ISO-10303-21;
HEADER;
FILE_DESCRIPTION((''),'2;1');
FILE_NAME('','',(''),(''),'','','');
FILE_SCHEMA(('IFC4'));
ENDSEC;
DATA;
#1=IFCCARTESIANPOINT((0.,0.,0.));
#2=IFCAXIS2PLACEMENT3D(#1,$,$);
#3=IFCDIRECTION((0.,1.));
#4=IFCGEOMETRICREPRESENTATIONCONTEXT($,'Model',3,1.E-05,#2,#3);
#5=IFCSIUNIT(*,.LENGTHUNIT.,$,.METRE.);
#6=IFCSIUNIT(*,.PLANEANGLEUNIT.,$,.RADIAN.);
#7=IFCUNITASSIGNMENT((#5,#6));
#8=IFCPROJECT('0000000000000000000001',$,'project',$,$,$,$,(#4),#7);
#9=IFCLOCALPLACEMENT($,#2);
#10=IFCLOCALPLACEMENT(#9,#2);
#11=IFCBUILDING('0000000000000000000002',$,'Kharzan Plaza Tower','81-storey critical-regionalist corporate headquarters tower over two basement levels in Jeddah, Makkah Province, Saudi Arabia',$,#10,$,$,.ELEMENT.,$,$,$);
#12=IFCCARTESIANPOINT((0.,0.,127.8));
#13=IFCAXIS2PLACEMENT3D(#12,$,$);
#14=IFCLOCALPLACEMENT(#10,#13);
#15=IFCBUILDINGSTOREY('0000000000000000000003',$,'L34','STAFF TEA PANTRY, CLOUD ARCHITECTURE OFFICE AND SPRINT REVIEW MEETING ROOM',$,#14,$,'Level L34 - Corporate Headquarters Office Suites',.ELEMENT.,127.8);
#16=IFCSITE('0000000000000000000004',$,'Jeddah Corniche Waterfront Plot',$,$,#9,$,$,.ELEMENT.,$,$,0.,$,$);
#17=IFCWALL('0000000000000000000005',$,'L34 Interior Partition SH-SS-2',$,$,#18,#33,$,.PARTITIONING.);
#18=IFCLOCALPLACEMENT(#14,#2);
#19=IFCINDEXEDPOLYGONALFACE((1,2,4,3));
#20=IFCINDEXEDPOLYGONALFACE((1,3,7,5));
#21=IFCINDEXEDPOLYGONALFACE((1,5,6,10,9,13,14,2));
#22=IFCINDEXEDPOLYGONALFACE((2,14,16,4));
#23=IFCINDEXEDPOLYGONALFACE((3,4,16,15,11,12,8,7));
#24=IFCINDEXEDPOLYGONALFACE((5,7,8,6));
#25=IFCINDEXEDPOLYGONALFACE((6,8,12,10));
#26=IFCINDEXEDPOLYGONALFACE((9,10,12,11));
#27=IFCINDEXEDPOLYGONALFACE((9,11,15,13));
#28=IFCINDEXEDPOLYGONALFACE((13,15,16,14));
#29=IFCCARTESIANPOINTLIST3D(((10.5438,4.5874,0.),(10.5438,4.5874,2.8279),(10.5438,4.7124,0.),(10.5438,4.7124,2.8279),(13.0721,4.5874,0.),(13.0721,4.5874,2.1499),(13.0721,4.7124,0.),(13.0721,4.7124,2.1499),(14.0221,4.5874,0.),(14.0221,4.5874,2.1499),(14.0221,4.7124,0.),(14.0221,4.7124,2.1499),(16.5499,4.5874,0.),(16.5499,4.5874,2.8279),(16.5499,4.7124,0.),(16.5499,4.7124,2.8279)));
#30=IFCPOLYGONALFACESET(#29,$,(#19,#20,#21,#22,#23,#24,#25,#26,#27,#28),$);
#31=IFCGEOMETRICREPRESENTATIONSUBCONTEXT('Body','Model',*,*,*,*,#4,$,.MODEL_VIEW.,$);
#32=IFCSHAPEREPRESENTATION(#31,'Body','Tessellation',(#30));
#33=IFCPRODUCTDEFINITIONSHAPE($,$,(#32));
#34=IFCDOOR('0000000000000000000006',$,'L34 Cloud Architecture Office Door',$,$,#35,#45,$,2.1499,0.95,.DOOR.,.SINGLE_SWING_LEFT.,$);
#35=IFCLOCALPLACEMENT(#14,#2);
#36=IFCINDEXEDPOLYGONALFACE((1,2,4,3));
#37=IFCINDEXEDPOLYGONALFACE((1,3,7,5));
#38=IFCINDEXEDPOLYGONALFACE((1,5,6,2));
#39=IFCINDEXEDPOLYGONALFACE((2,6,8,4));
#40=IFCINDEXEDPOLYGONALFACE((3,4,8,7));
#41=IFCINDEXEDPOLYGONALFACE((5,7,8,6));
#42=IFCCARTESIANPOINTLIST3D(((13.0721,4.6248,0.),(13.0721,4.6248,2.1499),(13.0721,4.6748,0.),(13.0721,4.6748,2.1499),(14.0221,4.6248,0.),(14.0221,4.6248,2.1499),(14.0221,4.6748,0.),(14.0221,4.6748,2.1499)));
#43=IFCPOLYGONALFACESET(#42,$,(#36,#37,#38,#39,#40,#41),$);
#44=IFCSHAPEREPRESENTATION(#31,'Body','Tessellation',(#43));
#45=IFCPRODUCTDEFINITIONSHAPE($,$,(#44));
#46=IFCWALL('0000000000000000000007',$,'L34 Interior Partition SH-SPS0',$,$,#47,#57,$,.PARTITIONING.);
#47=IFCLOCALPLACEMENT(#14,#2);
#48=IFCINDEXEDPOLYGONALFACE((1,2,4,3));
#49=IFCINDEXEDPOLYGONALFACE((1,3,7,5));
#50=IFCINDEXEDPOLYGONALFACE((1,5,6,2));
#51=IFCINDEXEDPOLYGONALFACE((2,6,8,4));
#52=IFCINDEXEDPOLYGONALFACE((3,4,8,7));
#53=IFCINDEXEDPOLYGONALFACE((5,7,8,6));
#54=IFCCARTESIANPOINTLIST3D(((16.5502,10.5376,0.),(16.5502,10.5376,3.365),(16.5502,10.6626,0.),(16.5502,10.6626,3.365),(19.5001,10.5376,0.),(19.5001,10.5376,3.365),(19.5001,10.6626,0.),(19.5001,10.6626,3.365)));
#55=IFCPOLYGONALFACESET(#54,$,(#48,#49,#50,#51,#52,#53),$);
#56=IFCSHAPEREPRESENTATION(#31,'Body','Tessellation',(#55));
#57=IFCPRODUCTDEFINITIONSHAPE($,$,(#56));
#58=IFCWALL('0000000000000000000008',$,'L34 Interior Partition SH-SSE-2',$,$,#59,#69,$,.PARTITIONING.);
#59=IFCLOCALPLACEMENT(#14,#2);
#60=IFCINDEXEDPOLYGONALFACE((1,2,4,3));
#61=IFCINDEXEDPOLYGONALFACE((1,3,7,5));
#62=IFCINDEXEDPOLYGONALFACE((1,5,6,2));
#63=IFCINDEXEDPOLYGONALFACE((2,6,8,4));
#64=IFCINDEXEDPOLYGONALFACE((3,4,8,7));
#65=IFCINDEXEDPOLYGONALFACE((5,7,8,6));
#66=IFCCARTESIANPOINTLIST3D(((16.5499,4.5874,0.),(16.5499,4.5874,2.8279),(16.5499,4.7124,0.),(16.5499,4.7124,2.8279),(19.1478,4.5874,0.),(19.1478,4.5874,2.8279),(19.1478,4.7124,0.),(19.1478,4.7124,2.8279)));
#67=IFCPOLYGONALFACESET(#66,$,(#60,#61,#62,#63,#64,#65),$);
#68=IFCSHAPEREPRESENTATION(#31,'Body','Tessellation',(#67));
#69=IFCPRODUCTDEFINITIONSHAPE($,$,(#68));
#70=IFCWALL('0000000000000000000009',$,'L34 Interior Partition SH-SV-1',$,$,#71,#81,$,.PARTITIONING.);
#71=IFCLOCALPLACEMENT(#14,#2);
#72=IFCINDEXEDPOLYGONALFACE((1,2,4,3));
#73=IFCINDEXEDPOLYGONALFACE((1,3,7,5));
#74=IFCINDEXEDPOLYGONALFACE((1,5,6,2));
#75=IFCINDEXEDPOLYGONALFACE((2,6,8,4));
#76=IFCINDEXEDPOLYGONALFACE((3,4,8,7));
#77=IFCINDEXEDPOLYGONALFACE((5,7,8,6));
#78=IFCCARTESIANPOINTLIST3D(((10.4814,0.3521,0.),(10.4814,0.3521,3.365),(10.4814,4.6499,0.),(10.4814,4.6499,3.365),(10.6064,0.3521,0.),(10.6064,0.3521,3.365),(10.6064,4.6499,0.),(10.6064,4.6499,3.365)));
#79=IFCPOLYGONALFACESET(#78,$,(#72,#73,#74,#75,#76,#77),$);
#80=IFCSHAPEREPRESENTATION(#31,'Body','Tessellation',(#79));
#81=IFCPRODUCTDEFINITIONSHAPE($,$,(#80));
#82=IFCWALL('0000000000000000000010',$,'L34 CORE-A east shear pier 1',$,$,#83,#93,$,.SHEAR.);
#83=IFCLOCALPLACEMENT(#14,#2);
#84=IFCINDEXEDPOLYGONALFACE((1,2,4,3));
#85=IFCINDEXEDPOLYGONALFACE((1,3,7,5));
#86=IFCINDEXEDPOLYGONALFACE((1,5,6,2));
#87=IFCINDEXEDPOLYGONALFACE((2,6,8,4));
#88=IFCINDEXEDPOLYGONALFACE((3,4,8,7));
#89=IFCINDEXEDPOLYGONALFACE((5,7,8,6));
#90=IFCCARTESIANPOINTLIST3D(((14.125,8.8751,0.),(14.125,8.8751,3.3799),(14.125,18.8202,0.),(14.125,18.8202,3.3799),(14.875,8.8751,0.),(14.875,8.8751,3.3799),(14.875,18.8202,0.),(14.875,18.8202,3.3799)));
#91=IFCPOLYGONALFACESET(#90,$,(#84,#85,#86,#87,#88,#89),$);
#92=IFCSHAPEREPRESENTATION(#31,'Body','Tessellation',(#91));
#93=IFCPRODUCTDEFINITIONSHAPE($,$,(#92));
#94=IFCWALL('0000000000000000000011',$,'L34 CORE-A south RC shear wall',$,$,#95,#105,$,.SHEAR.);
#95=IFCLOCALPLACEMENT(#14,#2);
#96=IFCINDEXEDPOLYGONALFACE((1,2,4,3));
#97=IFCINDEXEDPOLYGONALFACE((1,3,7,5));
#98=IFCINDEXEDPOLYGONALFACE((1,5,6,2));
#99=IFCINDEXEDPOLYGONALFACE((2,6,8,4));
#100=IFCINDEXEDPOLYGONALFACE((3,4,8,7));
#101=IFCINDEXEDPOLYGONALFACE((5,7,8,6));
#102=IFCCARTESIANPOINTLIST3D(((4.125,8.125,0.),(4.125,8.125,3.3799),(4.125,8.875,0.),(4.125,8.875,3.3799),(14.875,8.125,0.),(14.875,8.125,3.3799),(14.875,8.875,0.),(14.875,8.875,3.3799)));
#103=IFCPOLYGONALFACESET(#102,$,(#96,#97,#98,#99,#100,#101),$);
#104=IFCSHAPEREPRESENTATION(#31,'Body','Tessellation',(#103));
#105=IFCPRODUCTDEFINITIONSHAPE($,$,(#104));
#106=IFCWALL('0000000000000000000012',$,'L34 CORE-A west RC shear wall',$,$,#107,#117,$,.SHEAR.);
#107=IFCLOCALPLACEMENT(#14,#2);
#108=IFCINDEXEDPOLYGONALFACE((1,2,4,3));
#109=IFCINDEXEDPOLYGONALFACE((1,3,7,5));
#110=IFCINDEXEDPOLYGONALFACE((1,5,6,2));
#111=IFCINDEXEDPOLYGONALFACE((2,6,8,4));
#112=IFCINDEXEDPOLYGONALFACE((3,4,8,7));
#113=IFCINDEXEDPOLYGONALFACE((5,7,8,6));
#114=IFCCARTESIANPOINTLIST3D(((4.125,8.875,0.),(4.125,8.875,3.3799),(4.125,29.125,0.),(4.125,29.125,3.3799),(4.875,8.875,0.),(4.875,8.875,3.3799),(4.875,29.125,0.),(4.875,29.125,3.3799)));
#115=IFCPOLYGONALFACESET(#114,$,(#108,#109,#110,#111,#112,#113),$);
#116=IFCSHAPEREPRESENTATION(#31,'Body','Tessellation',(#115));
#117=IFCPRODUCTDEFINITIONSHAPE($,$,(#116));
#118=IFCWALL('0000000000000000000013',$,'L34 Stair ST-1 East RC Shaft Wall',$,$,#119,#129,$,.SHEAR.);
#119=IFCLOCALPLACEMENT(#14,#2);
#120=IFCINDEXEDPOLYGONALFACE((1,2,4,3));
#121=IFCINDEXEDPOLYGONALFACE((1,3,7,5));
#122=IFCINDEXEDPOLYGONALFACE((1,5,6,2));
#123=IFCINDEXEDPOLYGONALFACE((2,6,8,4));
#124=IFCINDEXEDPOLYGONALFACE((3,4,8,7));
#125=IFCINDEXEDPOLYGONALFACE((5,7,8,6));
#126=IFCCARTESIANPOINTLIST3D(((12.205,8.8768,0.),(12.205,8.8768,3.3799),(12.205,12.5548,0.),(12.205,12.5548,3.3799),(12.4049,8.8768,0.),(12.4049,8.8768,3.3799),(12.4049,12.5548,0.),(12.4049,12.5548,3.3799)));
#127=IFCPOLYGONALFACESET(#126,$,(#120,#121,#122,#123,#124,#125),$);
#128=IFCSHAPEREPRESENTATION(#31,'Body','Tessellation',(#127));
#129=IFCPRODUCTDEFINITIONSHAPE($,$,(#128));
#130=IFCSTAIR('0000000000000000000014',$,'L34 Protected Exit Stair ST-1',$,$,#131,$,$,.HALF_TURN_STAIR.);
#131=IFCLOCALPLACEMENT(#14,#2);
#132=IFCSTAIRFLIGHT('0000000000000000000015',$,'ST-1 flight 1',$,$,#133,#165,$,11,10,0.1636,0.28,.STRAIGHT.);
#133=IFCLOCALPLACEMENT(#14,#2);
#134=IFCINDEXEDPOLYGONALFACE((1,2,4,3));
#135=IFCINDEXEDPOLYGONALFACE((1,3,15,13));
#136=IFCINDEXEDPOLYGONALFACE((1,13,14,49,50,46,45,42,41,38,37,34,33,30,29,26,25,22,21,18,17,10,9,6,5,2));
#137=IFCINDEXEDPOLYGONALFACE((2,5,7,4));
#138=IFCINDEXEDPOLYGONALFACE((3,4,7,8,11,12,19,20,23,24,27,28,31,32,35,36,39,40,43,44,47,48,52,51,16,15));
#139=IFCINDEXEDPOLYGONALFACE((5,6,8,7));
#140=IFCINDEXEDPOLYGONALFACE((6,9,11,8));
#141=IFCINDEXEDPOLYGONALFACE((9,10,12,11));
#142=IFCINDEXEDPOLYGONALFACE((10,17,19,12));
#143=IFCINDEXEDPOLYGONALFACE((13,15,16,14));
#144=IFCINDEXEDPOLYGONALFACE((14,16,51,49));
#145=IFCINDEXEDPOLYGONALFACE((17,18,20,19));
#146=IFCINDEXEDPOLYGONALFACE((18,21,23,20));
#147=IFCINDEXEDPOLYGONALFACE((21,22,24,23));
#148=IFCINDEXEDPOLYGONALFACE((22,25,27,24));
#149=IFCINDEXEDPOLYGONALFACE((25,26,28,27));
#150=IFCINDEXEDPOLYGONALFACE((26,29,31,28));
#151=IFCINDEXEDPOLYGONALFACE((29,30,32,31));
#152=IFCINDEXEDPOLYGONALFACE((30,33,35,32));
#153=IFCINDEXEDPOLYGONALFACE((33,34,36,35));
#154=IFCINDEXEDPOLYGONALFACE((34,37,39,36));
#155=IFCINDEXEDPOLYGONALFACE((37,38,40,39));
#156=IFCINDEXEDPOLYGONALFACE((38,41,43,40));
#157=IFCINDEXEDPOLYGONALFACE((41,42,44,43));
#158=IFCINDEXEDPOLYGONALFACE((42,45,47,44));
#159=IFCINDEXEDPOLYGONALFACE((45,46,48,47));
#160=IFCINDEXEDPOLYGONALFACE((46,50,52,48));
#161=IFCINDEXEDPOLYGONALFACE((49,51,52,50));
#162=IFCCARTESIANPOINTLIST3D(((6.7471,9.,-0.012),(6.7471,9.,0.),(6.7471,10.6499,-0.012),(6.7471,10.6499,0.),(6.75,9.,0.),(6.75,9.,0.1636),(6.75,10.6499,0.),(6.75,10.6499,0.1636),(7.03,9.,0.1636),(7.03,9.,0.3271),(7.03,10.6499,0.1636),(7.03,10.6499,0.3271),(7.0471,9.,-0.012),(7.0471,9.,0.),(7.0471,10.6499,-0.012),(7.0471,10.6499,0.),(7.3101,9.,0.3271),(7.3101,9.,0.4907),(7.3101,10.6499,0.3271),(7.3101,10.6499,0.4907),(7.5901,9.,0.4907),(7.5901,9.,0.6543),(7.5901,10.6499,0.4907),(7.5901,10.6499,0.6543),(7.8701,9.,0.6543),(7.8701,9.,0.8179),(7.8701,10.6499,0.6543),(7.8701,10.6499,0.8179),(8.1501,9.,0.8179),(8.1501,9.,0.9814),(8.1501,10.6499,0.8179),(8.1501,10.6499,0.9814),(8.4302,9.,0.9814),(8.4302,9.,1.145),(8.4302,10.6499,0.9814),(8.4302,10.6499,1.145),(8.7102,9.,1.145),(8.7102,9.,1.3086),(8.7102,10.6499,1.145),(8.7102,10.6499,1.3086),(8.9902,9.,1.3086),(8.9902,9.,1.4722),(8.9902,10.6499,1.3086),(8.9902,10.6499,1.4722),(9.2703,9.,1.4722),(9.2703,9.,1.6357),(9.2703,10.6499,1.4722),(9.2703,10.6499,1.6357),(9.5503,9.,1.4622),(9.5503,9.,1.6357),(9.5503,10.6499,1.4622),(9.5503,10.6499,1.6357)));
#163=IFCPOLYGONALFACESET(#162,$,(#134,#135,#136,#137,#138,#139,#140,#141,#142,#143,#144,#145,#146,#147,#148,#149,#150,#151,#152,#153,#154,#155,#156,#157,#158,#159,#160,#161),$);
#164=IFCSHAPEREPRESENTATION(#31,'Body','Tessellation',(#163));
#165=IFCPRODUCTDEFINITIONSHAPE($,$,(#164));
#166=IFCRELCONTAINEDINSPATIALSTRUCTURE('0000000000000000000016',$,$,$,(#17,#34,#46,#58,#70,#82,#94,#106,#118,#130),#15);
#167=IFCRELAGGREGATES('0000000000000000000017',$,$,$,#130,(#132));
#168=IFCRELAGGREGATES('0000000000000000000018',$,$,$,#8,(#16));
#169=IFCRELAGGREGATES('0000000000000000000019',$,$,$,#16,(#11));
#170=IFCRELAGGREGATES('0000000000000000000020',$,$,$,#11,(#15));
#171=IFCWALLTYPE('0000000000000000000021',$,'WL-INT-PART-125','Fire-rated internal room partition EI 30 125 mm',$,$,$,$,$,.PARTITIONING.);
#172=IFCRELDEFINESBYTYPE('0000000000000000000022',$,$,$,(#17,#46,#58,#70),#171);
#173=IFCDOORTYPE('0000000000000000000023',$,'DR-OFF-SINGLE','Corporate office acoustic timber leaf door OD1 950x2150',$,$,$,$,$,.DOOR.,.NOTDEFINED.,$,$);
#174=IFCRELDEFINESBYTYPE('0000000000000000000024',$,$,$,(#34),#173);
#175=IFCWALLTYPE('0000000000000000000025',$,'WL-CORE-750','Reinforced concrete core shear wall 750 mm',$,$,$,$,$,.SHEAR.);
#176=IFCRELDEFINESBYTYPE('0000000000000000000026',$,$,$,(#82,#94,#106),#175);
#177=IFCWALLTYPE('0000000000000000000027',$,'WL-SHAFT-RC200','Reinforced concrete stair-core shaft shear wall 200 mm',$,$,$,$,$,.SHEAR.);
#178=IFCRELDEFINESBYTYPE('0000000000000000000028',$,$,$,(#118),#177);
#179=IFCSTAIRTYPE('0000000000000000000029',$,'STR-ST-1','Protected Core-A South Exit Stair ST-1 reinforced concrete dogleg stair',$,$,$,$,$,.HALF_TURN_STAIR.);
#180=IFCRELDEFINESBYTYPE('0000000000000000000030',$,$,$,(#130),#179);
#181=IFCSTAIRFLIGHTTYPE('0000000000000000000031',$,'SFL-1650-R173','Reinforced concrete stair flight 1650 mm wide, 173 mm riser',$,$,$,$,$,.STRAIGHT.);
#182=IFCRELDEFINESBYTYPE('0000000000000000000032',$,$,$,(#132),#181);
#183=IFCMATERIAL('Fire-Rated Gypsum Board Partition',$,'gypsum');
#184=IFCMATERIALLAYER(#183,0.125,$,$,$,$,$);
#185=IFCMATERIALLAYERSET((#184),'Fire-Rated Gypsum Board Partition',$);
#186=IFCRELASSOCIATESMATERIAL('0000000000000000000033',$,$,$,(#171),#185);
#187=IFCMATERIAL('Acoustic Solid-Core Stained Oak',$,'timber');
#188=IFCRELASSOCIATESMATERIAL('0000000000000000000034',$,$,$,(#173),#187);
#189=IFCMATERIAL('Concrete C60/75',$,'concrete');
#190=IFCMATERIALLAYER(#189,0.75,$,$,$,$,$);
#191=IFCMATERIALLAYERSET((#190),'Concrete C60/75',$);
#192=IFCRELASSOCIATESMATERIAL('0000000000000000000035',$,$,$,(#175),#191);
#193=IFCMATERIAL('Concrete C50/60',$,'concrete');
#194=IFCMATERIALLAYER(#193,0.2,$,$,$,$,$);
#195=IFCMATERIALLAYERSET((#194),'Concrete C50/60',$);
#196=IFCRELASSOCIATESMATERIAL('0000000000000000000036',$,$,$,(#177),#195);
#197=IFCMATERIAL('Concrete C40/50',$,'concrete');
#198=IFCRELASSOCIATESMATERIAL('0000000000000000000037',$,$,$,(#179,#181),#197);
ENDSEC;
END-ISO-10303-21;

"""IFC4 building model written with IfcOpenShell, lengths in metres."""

from ifc_helpers import new_model, si_unit, direction, frame, frame_2d, origin, place, context, subcontext, project, spatial, polyline, rectangle, outline, extrude, source, transform, mapped, material, layer, layer_set, type_object, element, fill, aggregate, save


model = new_model("IFC4")

# Units and contexts
model_context = context("Model", 3, precision=1e-05, world=origin(), true_north=direction((0.0, 1.0)))
body_context = subcontext(model_context, "Body", "Model", "MODEL_VIEW")
ifc_project = project(units=[si_unit("LENGTHUNIT", "METRE"), si_unit("PLANEANGLEUNIT", "RADIAN")], contexts=[model_context])

# Site, building, storey
site_placement = place(None, origin())
site = spatial("IfcSite", under=ifc_project, at=site_placement, Name="Jeddah Corniche Waterfront Plot", CompositionType="ELEMENT", RefElevation=0.0)
building_placement = place(site_placement, origin())
building = spatial("IfcBuilding", under=site, at=building_placement, Name="Kharzan Plaza Tower", Description="81-storey critical-regionalist corporate headquarters tower over two basement levels in Jeddah, Makkah Province, Saudi Arabia", CompositionType="ELEMENT")
storey_placement = place(building_placement, frame((0.0, 0.0, 127.8)))
storey = spatial("IfcBuildingStorey", under=building, at=storey_placement, Name="L34", Description="STAFF TEA PANTRY, CLOUD ARCHITECTURE OFFICE AND SPRINT REVIEW MEETING ROOM", LongName="Level L34 - Corporate Headquarters Office Suites", CompositionType="ELEMENT", Elevation=127.8)

# Shared definitions
ifc_material_1 = material(Name="Concrete C60/75", Category="concrete")

# Shared definitions
ifc_material_2 = material(Name="Concrete C40/50", Category="concrete")

# Wall, opening, door
ifc_material_3 = material(Name="Fire-Rated Gypsum Board Partition", Category="gypsum")
ifc_layer_1 = layer(ifc_material_3, 0.125)
ifc_layer_set_1 = layer_set([ifc_layer_1], Name="Fire-Rated Gypsum Board Partition")
wall_type_1 = type_object("IfcWallType", Name="WL-INT-PART-125", Description="Fire-rated internal room partition EI 30 125 mm", PredefinedType="PARTITIONING", material=ifc_layer_set_1)
ifc_material_4 = material(Name="Acoustic Solid-Core Stained Oak", Category="timber")
door_type = type_object("IfcDoorType", Name="DR-OFF-SINGLE", Description="Corporate office acoustic timber leaf door OD1 950x2150", OperationType="NOTDEFINED", PredefinedType="DOOR", material=ifc_material_4)
shared_shape_1 = source(origin(), body_context, "Body", "SweptSolid", [
    extrude(rectangle(XDim=0.95, YDim=2.1499, at=frame_2d((0.4751, 1.075))), frame((0.0, 0.0249, 0.0), z_axis=(0.0, -1.0, 0.0), x_axis=(1.0, 0.0, 0.0)), (0.0, 0.0, 1.0), 0.05),
])
wall_1_placement = place(storey_placement, frame((10.5439, 4.6499, 0.0), z_axis=(0.0, 0.0, 1.0), x_axis=(1.0, 0.0, 0.0)))
wall_1 = element("IfcWall", 1, at=wall_1_placement, inside=storey, type_object=wall_type_1, Name="L34 Interior Partition SH-SS-2", PredefinedType="PARTITIONING", context=body_context, shape_type="SweptSolid", body=[
    extrude(rectangle(XDim=6.0061, YDim=0.125, at=frame_2d((3.0029, 0.0))), origin(), (0.0, 0.0, 1.0), 2.8279),
])
opening_1_placement = place(wall_1_placement, frame((2.5281, 0.0, 0.0)))
opening_1 = element("IfcOpeningElement", 2, at=opening_1_placement, cuts=wall_1, PredefinedType="OPENING", context=body_context, shape_type="SweptSolid", body=[
    extrude(rectangle(XDim=0.95, YDim=2.1499, at=frame_2d((0.4751, 1.075))), frame((0.0, 0.0725, 0.0), z_axis=(0.0, -1.0, 0.0), x_axis=(1.0, 0.0, 0.0)), (0.0, 0.0, 1.0), 0.145),
])
door_1_placement = place(opening_1_placement, origin())
door_1 = element("IfcDoor", 3, at=door_1_placement, inside=storey, type_object=door_type, Name="L34 Cloud Architecture Office Door", OperationType="SINGLE_SWING_LEFT", OverallHeight=2.1499, OverallWidth=0.95, PredefinedType="DOOR", context=body_context, shape_type="MappedRepresentation", body=[
    mapped(shared_shape_1, transform((0.0, 0.0, 0.0), x_axis=(1.0, 0.0, 0.0), y_axis=(0.0, 1.0, 0.0), z_axis=(0.0, 0.0, 1.0))),
])
fill(opening_1, door_1)

# Walls
shared_shape_2 = source(origin(), body_context, "Body", "SweptSolid", [
    extrude(rectangle(XDim=2.95, YDim=0.125, at=frame_2d((1.4751, 0.0))), origin(), (0.0, 0.0, 1.0), 3.365),
])
wall_2_placement = place(storey_placement, frame((16.55, 10.6001, 0.0), z_axis=(0.0, 0.0, 1.0), x_axis=(1.0, 0.0, 0.0)))
element("IfcWall", 4, at=wall_2_placement, inside=storey, type_object=wall_type_1, Name="L34 Interior Partition SH-SPS0", PredefinedType="PARTITIONING", context=body_context, shape_type="MappedRepresentation", body=[
    mapped(shared_shape_2, transform((0.0, 0.0, 0.0), x_axis=(1.0, 0.0, 0.0), y_axis=(0.0, 1.0, 0.0), z_axis=(0.0, 0.0, 1.0))),
])
shared_shape_3 = source(origin(), body_context, "Body", "SweptSolid", [
    extrude(rectangle(XDim=2.5979, YDim=0.125, at=frame_2d((1.2988, 0.0))), origin(), (0.0, 0.0, 1.0), 2.8279),
])
wall_3_placement = place(storey_placement, frame((16.55, 4.6499, 0.0), z_axis=(0.0, 0.0, 1.0), x_axis=(1.0, 0.0, 0.0)))
element("IfcWall", 5, at=wall_3_placement, inside=storey, type_object=wall_type_1, Name="L34 Interior Partition SH-SSE-2", PredefinedType="PARTITIONING", context=body_context, shape_type="MappedRepresentation", body=[
    mapped(shared_shape_3, transform((0.0, 0.0, 0.0), x_axis=(1.0, 0.0, 0.0), y_axis=(0.0, 1.0, 0.0), z_axis=(0.0, 0.0, 1.0))),
])
shared_shape_4 = source(origin(), body_context, "Body", "SweptSolid", [
    extrude(rectangle(XDim=4.2979, YDim=0.125, at=frame_2d((2.1489, 0.0))), origin(), (0.0, 0.0, 1.0), 3.365),
])
wall_4_placement = place(storey_placement, frame((10.5439, 0.3521, 0.0), z_axis=(0.0, 0.0, 1.0), x_axis=(0.0, 1.0, 0.0)))
element("IfcWall", 6, at=wall_4_placement, inside=storey, type_object=wall_type_1, Name="L34 Interior Partition SH-SV-1", PredefinedType="PARTITIONING", context=body_context, shape_type="MappedRepresentation", body=[
    mapped(shared_shape_4, transform((0.0, 0.0, 0.0), x_axis=(1.0, 0.0, 0.0), y_axis=(0.0, 1.0, 0.0), z_axis=(0.0, 0.0, 1.0))),
])
ifc_layer_2 = layer(ifc_material_1, 0.75)
ifc_layer_set_2 = layer_set([ifc_layer_2], Name="Concrete C60/75")
wall_type_2 = type_object("IfcWallType", Name="WL-CORE-750", Description="Reinforced concrete core shear wall 750 mm", PredefinedType="SHEAR", material=ifc_layer_set_2)
shared_shape_5 = source(origin(), body_context, "Body", "SweptSolid", [
    extrude(rectangle(XDim=9.9451, YDim=0.75, at=frame_2d((4.9727, 0.0))), origin(), (0.0, 0.0, 1.0), 3.3799),
])
wall_5_placement = place(storey_placement, frame((14.5, 8.875, 0.0), z_axis=(0.0, 0.0, 1.0), x_axis=(0.0, 1.0, 0.0)))
element("IfcWall", 7, at=wall_5_placement, inside=storey, type_object=wall_type_2, Name="L34 CORE-A east shear pier 1", PredefinedType="SHEAR", context=body_context, shape_type="MappedRepresentation", body=[
    mapped(shared_shape_5, transform((0.0, 0.0, 0.0), x_axis=(1.0, 0.0, 0.0), y_axis=(0.0, 1.0, 0.0), z_axis=(0.0, 0.0, 1.0))),
])
shared_shape_6 = source(origin(), body_context, "Body", "SweptSolid", [
    extrude(rectangle(XDim=10.75, YDim=0.75, at=frame_2d((5.375, 0.0))), origin(), (0.0, 0.0, 1.0), 3.3799),
])
wall_6_placement = place(storey_placement, frame((4.125, 8.5, 0.0), z_axis=(0.0, 0.0, 1.0), x_axis=(1.0, 0.0, 0.0)))
element("IfcWall", 8, at=wall_6_placement, inside=storey, type_object=wall_type_2, Name="L34 CORE-A south RC shear wall", PredefinedType="SHEAR", context=body_context, shape_type="MappedRepresentation", body=[
    mapped(shared_shape_6, transform((0.0, 0.0, 0.0), x_axis=(1.0, 0.0, 0.0), y_axis=(0.0, 1.0, 0.0), z_axis=(0.0, 0.0, 1.0))),
])
shared_shape_7 = source(origin(), body_context, "Body", "SweptSolid", [
    extrude(rectangle(XDim=20.25, YDim=0.75, at=frame_2d((10.125, 0.0))), origin(), (0.0, 0.0, 1.0), 3.3799),
])
wall_7_placement = place(storey_placement, frame((4.5, 8.875, 0.0), z_axis=(0.0, 0.0, 1.0), x_axis=(0.0, 1.0, 0.0)))
element("IfcWall", 9, at=wall_7_placement, inside=storey, type_object=wall_type_2, Name="L34 CORE-A west RC shear wall", PredefinedType="SHEAR", context=body_context, shape_type="MappedRepresentation", body=[
    mapped(shared_shape_7, transform((0.0, 0.0, 0.0), x_axis=(1.0, 0.0, 0.0), y_axis=(0.0, 1.0, 0.0), z_axis=(0.0, 0.0, 1.0))),
])
ifc_material_5 = material(Name="Concrete C50/60", Category="concrete")
ifc_layer_3 = layer(ifc_material_5, 0.2)
ifc_layer_set_3 = layer_set([ifc_layer_3], Name="Concrete C50/60")
wall_type_3 = type_object("IfcWallType", Name="WL-SHAFT-RC200", Description="Reinforced concrete stair-core shaft shear wall 200 mm", PredefinedType="SHEAR", material=ifc_layer_set_3)
shared_shape_8 = source(origin(), body_context, "Body", "SweptSolid", [
    extrude(rectangle(XDim=3.678, YDim=0.2, at=frame_2d((1.8389, 0.0))), origin(), (0.0, 0.0, 1.0), 3.3799),
])
wall_8_placement = place(storey_placement, frame((12.3049, 8.877, 0.0), z_axis=(0.0, 0.0, 1.0), x_axis=(0.0, 1.0, 0.0)))
element("IfcWall", 10, at=wall_8_placement, inside=storey, type_object=wall_type_3, Name="L34 Stair ST-1 East RC Shaft Wall", PredefinedType="SHEAR", context=body_context, shape_type="MappedRepresentation", body=[
    mapped(shared_shape_8, transform((0.0, 0.0, 0.0), x_axis=(1.0, 0.0, 0.0), y_axis=(0.0, 1.0, 0.0), z_axis=(0.0, 0.0, 1.0))),
])

# Stair, stair flight
stair_type = type_object("IfcStairType", Name="STR-ST-1", Description="Protected Core-A South Exit Stair ST-1 reinforced concrete dogleg stair", PredefinedType="HALF_TURN_STAIR", material=ifc_material_2)
stair_placement = place(storey_placement, origin())
stair = element("IfcStair", 11, at=stair_placement, inside=storey, type_object=stair_type, Name="L34 Protected Exit Stair ST-1", PredefinedType="HALF_TURN_STAIR")
stair_flight_type = type_object("IfcStairFlightType", Name="SFL-1650-R173", Description="Reinforced concrete stair flight 1650 mm wide, 173 mm riser", PredefinedType="STRAIGHT", material=ifc_material_2)
shared_shape_9 = source(origin(), body_context, "Body", "SweptSolid", [
    extrude(outline(polyline([(-0.0029, -0.012), (-0.0029, 0.0), (0.0, 0.0), (0.0, 0.1636), (0.28, 0.1636), (0.28, 0.3271), (0.5601, 0.3271), (0.5601, 0.4907), (0.8401, 0.4907), (0.8401, 0.6543), (1.1201, 0.6543), (1.1201, 0.8179), (1.4001, 0.8179), (1.4001, 0.9814), (1.6802, 0.9814), (1.6802, 1.145), (1.9602, 1.145), (1.9602, 1.3086), (2.2402, 1.3086), (2.2402, 1.4722), (2.5203, 1.4722), (2.5203, 1.6357), (2.8003, 1.6357), (2.8003, 1.7993), (2.8003, 1.4622), (0.2971, 0.0), (0.2971, -0.012), (-0.0029, -0.012)])), frame((0.0, 0.825, 0.0), z_axis=(0.0, -1.0, 0.0), x_axis=(1.0, 0.0, 0.0)), (0.0, 0.0, 1.0), 1.6499),
])
stair_flight_placement = place(storey_placement, frame((6.75, 9.825, 0.0), z_axis=(0.0, 0.0, 1.0), x_axis=(1.0, 0.0, 0.0)))
stair_flight = element("IfcStairFlight", 12, at=stair_flight_placement, type_object=stair_flight_type, Name="ST-1 flight 1", NumberOfRisers=11, NumberOfTreads=10, PredefinedType="STRAIGHT", RiserHeight=0.1636, TreadLength=0.28, context=body_context, shape_type="MappedRepresentation", body=[
    mapped(shared_shape_9, transform((0.0, 0.0, 0.0), x_axis=(1.0, 0.0, 0.0), y_axis=(0.0, 1.0, 0.0), z_axis=(0.0, 0.0, 1.0))),
])
aggregate(stair, [stair_flight])

save(model, "model.ifc")
